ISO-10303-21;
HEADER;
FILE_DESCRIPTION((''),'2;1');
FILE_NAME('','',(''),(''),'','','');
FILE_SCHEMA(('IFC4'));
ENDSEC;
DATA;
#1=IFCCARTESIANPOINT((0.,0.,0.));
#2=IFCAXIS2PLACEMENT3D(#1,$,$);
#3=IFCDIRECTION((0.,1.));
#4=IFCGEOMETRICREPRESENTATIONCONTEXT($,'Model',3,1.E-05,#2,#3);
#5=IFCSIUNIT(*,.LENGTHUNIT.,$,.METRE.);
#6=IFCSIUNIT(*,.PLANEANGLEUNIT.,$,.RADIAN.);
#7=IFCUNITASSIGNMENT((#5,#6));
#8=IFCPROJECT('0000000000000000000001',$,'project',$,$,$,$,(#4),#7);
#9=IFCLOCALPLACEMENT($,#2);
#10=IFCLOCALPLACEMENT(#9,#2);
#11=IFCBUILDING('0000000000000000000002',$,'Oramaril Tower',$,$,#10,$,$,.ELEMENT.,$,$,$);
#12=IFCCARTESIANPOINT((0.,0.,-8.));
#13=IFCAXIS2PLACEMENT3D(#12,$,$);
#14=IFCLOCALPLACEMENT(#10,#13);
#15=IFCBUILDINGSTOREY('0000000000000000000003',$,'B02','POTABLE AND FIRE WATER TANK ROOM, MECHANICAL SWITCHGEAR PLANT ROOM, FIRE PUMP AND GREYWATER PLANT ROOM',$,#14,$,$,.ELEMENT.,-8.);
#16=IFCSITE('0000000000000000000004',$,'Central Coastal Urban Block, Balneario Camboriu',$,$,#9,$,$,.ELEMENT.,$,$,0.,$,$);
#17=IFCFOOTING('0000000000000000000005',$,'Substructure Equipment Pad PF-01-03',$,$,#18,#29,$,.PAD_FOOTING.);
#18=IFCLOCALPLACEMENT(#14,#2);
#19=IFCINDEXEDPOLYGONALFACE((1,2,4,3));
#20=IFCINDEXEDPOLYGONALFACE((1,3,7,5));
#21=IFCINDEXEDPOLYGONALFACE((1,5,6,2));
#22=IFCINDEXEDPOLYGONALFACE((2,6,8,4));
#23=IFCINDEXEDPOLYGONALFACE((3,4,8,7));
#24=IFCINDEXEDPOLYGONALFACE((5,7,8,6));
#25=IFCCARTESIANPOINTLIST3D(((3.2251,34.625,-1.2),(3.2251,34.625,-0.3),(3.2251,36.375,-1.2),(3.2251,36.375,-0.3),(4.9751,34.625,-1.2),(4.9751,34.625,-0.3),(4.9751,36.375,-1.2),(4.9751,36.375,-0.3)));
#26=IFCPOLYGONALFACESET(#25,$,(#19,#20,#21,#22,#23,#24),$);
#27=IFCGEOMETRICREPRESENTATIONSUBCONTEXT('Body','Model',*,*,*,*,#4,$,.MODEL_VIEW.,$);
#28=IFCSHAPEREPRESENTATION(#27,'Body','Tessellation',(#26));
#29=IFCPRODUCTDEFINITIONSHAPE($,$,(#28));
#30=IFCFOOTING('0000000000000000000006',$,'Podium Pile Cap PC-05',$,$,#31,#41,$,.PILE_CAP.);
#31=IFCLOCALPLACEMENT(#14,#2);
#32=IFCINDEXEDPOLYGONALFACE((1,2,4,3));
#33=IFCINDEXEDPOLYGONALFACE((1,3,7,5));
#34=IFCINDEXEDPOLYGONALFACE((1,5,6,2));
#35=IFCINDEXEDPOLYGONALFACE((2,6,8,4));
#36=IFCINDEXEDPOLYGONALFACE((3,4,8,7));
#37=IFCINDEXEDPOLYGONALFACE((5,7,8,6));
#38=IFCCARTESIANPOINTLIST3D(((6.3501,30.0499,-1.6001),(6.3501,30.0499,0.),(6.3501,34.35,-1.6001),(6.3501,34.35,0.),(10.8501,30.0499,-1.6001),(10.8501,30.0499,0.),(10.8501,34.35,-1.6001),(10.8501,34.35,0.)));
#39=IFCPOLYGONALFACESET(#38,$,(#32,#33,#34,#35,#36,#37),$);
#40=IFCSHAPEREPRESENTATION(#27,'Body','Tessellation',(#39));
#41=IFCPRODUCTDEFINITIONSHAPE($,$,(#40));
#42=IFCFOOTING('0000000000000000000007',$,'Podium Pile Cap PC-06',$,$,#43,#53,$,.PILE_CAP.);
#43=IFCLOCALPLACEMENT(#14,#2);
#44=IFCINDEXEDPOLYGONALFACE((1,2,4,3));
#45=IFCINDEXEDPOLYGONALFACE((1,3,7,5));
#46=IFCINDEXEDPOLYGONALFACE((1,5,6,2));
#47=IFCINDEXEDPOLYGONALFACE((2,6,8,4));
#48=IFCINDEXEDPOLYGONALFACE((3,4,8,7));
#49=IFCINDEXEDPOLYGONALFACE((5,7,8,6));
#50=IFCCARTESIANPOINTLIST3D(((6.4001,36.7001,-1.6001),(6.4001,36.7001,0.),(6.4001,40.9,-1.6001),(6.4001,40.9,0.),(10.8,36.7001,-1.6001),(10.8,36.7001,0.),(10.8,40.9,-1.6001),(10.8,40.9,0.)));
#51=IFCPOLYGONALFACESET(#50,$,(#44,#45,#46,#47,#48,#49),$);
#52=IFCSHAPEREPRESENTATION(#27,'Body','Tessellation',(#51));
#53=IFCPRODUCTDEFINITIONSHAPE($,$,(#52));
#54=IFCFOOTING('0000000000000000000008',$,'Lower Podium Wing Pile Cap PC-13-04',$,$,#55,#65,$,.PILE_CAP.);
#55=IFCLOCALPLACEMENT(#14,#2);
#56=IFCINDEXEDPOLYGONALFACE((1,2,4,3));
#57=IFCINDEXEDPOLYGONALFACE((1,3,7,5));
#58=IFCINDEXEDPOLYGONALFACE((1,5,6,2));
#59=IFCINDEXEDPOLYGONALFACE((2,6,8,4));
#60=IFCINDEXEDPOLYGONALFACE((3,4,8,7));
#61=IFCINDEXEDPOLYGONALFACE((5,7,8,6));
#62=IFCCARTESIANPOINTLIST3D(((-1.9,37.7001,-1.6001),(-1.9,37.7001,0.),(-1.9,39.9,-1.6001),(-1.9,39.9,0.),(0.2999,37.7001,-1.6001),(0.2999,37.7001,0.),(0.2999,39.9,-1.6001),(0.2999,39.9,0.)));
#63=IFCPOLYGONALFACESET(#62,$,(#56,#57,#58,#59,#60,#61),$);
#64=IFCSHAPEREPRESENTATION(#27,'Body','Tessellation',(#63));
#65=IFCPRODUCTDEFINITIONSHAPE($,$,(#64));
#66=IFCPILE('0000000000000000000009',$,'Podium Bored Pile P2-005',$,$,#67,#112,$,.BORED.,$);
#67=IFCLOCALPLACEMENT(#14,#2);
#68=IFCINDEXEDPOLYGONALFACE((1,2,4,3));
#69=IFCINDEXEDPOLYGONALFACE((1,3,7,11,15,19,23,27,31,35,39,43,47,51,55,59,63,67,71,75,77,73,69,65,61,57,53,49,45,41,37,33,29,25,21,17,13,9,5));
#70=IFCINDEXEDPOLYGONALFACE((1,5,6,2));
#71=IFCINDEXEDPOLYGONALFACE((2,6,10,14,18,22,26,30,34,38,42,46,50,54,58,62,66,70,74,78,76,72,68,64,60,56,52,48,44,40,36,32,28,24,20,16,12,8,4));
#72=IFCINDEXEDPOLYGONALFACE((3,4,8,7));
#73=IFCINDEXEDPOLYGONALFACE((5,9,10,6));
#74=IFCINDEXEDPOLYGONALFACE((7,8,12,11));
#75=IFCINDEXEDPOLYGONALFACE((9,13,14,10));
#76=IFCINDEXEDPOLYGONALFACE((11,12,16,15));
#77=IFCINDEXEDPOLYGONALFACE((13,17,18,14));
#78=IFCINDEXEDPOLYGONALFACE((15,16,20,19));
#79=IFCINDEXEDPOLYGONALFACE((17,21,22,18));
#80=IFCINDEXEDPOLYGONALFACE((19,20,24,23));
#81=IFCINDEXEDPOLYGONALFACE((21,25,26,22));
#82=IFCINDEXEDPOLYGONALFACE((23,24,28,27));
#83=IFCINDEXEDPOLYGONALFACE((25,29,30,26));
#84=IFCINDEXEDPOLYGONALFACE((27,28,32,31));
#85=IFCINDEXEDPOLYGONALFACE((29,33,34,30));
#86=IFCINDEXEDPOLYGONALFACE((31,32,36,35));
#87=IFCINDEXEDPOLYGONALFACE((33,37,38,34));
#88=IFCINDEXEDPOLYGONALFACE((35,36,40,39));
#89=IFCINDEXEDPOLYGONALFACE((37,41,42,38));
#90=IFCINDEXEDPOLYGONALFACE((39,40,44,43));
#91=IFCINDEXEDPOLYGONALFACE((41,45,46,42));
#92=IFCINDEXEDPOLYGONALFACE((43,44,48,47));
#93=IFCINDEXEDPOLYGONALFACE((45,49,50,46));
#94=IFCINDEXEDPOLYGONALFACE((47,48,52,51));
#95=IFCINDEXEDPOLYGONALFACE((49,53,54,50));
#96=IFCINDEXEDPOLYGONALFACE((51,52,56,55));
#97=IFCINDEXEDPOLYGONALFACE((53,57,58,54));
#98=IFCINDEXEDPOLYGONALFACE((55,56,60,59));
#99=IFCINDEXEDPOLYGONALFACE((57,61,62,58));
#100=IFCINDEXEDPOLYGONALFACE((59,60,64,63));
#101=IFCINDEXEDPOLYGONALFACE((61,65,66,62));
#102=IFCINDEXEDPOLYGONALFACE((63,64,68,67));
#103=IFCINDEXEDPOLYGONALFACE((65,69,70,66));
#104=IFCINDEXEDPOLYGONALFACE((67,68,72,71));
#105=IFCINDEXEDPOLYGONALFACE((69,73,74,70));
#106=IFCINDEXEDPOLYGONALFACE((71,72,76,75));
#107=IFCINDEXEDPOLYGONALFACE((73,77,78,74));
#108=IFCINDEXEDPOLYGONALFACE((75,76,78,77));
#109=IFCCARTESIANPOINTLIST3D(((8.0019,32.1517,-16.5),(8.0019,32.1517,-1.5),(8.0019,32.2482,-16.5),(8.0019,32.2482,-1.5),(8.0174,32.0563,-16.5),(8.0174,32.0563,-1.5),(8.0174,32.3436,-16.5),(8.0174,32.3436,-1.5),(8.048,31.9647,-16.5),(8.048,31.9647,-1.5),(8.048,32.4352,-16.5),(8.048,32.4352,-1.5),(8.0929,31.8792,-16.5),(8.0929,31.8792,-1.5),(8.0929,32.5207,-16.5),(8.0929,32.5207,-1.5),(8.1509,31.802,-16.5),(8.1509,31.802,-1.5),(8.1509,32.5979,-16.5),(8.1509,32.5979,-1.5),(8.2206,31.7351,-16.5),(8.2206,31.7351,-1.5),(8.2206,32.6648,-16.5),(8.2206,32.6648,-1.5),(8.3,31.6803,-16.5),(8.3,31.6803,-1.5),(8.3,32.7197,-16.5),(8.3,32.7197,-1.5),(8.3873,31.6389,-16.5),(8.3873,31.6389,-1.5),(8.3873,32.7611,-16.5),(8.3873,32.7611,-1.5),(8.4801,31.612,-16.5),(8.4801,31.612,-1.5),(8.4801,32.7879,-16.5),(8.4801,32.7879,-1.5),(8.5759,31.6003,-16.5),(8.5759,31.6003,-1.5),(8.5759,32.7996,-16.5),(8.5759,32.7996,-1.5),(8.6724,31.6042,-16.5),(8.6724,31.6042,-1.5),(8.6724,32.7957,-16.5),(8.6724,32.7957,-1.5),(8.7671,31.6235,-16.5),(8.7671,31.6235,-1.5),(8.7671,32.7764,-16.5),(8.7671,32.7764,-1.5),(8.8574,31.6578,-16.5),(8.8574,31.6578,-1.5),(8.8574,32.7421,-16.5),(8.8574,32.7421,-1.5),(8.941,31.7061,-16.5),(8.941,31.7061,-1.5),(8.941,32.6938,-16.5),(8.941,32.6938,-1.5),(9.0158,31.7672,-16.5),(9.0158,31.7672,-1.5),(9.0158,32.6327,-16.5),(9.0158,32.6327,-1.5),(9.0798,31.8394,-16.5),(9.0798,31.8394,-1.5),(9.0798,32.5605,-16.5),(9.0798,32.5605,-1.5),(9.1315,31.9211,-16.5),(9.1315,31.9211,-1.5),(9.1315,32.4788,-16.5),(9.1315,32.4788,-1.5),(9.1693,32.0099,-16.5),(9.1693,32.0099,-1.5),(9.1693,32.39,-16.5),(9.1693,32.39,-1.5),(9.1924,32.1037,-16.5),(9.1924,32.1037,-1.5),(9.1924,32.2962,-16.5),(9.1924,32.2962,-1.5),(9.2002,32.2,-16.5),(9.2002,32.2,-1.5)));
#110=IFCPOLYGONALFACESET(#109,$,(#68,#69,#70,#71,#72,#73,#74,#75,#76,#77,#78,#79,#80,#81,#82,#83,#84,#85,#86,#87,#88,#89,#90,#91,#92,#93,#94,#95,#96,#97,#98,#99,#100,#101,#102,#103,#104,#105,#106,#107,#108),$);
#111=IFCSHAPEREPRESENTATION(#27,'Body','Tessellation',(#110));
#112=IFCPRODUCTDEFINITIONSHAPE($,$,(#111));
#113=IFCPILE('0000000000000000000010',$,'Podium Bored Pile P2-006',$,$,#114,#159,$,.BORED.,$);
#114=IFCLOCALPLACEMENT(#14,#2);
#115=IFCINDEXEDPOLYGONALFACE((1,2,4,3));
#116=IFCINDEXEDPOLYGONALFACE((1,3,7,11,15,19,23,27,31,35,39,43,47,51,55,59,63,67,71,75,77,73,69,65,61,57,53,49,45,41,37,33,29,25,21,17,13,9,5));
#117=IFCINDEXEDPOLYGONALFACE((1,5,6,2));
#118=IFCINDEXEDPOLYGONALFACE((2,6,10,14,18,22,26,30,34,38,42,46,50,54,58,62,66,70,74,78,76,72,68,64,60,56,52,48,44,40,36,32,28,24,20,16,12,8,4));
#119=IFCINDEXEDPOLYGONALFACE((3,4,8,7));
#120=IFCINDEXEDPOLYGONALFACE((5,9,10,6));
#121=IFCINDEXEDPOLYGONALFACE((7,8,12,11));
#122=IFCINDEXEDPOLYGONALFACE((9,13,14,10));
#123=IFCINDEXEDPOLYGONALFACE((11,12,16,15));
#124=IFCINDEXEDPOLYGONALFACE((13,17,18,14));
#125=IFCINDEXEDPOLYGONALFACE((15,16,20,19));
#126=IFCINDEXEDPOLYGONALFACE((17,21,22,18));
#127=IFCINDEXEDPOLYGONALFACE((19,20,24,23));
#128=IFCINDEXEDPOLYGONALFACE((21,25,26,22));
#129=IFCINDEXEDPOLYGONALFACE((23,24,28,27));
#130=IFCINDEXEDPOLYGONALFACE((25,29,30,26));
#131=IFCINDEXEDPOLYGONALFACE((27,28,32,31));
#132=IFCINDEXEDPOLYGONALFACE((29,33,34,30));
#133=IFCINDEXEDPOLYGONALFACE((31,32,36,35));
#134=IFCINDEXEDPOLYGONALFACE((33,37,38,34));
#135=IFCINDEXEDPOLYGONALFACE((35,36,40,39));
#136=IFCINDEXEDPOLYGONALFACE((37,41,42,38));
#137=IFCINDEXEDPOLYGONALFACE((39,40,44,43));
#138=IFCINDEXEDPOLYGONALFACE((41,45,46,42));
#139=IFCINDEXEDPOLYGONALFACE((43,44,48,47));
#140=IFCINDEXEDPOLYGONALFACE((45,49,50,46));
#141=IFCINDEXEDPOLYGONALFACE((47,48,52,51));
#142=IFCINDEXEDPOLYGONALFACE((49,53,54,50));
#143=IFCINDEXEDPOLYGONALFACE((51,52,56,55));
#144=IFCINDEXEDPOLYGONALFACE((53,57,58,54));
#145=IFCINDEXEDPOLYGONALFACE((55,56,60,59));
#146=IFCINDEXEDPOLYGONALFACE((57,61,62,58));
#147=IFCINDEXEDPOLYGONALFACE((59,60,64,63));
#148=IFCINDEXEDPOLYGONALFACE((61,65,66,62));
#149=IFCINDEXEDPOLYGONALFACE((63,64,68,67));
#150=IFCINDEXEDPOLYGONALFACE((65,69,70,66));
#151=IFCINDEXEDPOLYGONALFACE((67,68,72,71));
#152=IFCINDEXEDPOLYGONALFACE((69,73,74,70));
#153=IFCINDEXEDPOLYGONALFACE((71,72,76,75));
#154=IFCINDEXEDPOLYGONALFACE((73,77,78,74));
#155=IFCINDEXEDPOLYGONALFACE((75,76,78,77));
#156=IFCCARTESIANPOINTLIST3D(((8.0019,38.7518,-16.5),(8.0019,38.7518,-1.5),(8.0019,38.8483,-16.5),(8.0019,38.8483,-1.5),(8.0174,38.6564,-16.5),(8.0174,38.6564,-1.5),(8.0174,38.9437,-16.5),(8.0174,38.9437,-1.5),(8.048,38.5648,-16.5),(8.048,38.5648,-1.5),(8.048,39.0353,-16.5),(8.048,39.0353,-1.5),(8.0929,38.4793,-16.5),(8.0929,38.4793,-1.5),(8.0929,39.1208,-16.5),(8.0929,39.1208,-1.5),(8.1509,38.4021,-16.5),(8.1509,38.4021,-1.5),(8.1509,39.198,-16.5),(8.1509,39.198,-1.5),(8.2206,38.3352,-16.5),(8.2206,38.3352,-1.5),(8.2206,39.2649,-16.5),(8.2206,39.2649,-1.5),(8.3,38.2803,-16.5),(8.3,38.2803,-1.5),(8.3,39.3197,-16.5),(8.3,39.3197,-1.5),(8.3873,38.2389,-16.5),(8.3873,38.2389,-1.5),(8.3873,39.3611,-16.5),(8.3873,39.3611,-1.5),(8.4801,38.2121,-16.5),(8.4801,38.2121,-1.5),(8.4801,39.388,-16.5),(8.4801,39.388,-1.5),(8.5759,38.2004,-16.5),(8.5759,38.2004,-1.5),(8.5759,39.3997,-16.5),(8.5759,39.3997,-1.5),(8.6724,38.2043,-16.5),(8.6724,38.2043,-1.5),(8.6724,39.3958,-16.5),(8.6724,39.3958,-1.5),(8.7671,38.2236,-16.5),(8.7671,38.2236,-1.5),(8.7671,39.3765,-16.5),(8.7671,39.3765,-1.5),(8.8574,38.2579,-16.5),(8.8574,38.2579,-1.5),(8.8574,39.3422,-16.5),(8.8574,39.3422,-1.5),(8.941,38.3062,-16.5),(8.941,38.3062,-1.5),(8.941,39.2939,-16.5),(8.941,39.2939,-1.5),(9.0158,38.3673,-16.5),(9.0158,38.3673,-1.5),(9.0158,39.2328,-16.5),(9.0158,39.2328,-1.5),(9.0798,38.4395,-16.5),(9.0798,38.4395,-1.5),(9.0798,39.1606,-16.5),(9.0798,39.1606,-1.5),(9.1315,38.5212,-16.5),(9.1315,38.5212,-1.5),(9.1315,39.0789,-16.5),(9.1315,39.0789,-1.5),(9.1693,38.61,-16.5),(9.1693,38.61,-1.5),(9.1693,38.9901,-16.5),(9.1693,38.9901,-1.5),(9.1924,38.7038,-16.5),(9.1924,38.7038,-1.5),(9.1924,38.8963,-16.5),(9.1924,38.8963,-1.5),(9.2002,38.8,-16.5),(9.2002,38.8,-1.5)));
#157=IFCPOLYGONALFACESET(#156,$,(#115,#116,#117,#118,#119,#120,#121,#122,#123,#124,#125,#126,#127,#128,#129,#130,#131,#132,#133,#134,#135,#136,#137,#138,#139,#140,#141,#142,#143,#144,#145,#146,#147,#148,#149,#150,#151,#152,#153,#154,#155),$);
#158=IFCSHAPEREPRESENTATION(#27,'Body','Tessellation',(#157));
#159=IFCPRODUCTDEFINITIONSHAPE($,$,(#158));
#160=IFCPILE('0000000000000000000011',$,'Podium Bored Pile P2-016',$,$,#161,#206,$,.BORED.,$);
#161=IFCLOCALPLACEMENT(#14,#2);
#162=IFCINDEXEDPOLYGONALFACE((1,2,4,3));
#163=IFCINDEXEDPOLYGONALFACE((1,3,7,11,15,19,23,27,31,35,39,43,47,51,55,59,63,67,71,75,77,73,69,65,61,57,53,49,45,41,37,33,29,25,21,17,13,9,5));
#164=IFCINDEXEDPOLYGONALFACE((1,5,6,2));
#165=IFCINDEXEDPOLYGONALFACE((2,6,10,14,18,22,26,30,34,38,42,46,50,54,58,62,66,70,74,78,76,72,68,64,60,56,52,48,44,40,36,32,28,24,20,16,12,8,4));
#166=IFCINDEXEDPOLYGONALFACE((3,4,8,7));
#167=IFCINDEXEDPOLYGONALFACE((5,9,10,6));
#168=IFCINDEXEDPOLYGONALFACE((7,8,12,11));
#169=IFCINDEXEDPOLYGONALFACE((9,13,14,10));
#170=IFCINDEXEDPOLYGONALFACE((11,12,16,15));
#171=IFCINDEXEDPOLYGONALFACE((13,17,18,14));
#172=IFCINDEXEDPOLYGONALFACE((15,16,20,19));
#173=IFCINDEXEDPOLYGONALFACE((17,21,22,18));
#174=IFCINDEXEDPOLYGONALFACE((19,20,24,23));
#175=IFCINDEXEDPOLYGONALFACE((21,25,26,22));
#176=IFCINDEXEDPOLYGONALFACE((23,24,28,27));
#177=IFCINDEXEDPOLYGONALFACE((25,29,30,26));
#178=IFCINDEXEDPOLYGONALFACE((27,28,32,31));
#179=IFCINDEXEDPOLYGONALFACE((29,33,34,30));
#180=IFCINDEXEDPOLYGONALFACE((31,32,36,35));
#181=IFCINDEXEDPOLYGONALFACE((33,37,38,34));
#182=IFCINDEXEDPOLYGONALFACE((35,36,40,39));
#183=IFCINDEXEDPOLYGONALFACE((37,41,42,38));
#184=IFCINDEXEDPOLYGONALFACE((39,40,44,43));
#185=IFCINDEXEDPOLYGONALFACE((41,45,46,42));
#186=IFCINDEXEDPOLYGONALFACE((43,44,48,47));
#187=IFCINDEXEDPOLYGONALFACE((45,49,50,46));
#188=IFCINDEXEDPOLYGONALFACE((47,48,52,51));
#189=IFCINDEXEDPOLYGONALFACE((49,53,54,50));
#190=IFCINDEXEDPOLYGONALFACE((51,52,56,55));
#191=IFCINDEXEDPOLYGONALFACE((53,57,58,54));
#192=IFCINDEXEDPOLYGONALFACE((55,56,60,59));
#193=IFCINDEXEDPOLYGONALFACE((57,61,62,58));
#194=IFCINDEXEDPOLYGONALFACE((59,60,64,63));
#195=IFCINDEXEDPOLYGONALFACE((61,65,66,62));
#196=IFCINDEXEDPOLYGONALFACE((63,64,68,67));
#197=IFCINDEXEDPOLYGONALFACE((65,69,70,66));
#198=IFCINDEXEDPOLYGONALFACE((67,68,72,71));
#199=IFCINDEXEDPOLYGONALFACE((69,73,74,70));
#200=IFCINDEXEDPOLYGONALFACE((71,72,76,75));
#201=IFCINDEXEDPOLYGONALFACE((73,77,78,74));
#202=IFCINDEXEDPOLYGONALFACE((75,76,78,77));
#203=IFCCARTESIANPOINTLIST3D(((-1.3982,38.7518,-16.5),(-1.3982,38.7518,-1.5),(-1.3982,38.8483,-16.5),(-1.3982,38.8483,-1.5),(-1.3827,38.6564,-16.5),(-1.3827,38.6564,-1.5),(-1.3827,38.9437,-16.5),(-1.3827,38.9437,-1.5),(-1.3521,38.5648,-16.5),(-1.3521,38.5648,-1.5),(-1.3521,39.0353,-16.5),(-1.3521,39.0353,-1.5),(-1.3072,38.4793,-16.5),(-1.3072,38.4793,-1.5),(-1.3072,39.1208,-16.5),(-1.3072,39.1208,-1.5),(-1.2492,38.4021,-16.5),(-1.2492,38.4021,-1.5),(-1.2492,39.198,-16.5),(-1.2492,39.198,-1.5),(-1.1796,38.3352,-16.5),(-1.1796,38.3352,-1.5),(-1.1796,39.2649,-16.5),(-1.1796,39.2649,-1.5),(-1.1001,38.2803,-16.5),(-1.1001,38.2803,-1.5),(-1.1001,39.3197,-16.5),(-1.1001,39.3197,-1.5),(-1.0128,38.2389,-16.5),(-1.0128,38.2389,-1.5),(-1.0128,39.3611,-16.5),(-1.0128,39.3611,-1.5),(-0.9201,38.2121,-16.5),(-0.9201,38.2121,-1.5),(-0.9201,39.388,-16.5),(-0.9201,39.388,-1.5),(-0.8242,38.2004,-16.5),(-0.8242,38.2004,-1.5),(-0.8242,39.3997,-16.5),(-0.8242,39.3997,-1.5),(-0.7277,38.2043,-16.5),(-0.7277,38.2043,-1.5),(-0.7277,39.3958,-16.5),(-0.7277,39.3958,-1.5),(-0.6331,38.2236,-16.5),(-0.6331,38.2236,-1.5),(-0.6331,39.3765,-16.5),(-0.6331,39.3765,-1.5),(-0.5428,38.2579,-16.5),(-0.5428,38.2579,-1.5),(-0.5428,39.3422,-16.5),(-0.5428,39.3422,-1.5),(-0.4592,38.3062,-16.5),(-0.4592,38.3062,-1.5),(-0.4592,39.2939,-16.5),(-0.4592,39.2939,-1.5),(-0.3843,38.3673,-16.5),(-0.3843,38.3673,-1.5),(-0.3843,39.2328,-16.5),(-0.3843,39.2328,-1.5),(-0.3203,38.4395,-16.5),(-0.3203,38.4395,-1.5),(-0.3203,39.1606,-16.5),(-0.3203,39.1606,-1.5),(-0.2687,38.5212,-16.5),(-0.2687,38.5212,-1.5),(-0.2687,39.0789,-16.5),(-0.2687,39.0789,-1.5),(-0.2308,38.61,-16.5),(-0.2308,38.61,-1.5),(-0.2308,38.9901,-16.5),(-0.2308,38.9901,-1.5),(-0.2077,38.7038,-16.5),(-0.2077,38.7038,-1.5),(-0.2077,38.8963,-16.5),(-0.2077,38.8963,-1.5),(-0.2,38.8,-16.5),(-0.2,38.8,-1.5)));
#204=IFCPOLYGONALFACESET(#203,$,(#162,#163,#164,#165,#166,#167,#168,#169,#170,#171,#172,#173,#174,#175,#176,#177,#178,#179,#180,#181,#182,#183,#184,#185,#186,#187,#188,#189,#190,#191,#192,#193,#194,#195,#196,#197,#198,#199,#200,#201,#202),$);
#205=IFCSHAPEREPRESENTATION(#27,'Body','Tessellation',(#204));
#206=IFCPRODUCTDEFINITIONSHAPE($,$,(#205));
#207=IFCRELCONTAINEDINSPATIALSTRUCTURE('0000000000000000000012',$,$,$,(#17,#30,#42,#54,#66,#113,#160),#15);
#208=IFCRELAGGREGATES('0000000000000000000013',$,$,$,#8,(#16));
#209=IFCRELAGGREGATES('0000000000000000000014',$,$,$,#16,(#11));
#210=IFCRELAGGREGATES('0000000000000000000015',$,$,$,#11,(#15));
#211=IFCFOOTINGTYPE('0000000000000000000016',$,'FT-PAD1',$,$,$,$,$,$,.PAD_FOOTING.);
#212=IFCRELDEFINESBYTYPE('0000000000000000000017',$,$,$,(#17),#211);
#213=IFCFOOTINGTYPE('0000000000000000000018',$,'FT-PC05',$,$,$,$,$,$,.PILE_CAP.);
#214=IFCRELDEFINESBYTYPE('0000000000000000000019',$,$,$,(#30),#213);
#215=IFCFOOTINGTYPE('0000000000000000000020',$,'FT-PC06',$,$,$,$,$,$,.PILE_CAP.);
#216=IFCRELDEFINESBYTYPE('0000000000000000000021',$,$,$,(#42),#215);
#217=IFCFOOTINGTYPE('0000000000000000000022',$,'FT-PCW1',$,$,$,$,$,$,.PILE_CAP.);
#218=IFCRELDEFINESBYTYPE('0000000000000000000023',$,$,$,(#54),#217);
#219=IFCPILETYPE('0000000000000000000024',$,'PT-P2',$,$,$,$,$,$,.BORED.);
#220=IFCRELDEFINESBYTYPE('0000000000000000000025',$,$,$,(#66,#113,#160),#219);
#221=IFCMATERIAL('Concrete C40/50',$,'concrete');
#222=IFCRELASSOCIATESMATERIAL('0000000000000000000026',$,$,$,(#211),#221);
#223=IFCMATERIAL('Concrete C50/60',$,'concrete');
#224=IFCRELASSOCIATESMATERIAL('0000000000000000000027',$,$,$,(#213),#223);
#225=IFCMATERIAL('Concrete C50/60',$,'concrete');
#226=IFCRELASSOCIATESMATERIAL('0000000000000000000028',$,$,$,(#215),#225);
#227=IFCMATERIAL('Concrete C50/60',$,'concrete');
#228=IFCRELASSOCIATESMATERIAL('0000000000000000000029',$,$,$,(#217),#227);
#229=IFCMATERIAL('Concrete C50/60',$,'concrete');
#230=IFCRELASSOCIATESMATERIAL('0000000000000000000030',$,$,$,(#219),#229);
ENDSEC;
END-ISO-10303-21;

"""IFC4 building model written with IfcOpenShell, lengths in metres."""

from ifc_helpers import new_model, si_unit, direction, frame, origin, origin_2d, place, context, subcontext, project, spatial, rectangle, circle, extrude, material, material_profile, profile_set, type_object, element, save


model = new_model("IFC4")

# Units and contexts
model_context = context("Model", 3, precision=1e-05, world=origin(), true_north=direction((0.0, 1.0)))
body_context = subcontext(model_context, "Body", "Model", "MODEL_VIEW")
ifc_project = project(units=[si_unit("LENGTHUNIT", "METRE"), si_unit("PLANEANGLEUNIT", "RADIAN")], contexts=[model_context])

# Site, building, storey
site_placement = place(None, origin())
site = spatial("IfcSite", under=ifc_project, at=site_placement, Name="Central Coastal Urban Block, Balneario Camboriu", CompositionType="ELEMENT", RefElevation=0.0)
building_placement = place(site_placement, origin())
building = spatial("IfcBuilding", under=site, at=building_placement, Name="Oramaril Tower", CompositionType="ELEMENT")
storey_placement = place(building_placement, frame((0.0, 0.0, -8.0)))
storey = spatial("IfcBuildingStorey", under=building, at=storey_placement, Name="B02", Description="POTABLE AND FIRE WATER TANK ROOM, MECHANICAL SWITCHGEAR PLANT ROOM, FIRE PUMP AND GREYWATER PLANT ROOM", CompositionType="ELEMENT", Elevation=-8.0)

# Footings
ifc_material_1 = material(Name="Concrete C40/50", Category="concrete")
footing_type_1 = type_object("IfcFootingType", Name="FT-PAD1", PredefinedType="PAD_FOOTING", material=ifc_material_1)
footing_1_placement = place(storey_placement, frame((4.1001, 35.5, -1.2), z_axis=(0.0, 0.0, 1.0), x_axis=(1.0, 0.0, 0.0)))
element("IfcFooting", 1, at=footing_1_placement, inside=storey, type_object=footing_type_1, Name="Substructure Equipment Pad PF-01-03", PredefinedType="PAD_FOOTING", context=body_context, shape_type="SweptSolid", body=[
    extrude(rectangle(XDim=1.75, YDim=1.75, at=origin_2d()), origin(), (0.0, 0.0, 1.0), 0.8999),
])
ifc_material_2 = material(Name="Concrete C50/60", Category="concrete")
footing_type_2 = type_object("IfcFootingType", Name="FT-PC05", PredefinedType="PILE_CAP", material=ifc_material_2)
footing_2_placement = place(storey_placement, frame((8.6001, 32.2, -1.6001), z_axis=(0.0, 0.0, 1.0), x_axis=(1.0, 0.0, 0.0)))
element("IfcFooting", 2, at=footing_2_placement, inside=storey, type_object=footing_type_2, Name="Podium Pile Cap PC-05", PredefinedType="PILE_CAP", context=body_context, shape_type="SweptSolid", body=[
    extrude(rectangle(XDim=4.5, YDim=4.3, at=origin_2d()), origin(), (0.0, 0.0, 1.0), 1.6001),
])
ifc_material_3 = material(Name="Concrete C50/60", Category="concrete")
footing_type_3 = type_object("IfcFootingType", Name="FT-PC06", PredefinedType="PILE_CAP", material=ifc_material_3)
footing_3_placement = place(storey_placement, frame((8.6001, 38.8, -1.6001), z_axis=(0.0, 0.0, 1.0), x_axis=(1.0, 0.0, 0.0)))
element("IfcFooting", 3, at=footing_3_placement, inside=storey, type_object=footing_type_3, Name="Podium Pile Cap PC-06", PredefinedType="PILE_CAP", context=body_context, shape_type="SweptSolid", body=[
    extrude(rectangle(XDim=4.3999, YDim=4.2, at=origin_2d()), origin(), (0.0, 0.0, 1.0), 1.6001),
])
ifc_material_4 = material(Name="Concrete C50/60", Category="concrete")
footing_type_4 = type_object("IfcFootingType", Name="FT-PCW1", PredefinedType="PILE_CAP", material=ifc_material_4)
footing_4_placement = place(storey_placement, frame((-0.8, 38.8, -1.6001), z_axis=(0.0, 0.0, 1.0), x_axis=(1.0, 0.0, 0.0)))
element("IfcFooting", 4, at=footing_4_placement, inside=storey, type_object=footing_type_4, Name="Lower Podium Wing Pile Cap PC-13-04", PredefinedType="PILE_CAP", context=body_context, shape_type="SweptSolid", body=[
    extrude(rectangle(XDim=2.2, YDim=2.2, at=origin_2d()), origin(), (0.0, 0.0, 1.0), 1.6001),
])

# Piles
ifc_material_5 = material(Name="Concrete C50/60", Category="concrete")
ifc_material_profile_1 = material_profile(ifc_material_5, circle(Radius=0.6001, at=origin_2d()), Name="D1200")
ifc_profile_set_1 = profile_set([ifc_material_profile_1], Name="Concrete C50/60")
pile_type = type_object("IfcPileType", Name="PT-P2", PredefinedType="BORED", material=ifc_profile_set_1)
for number, where, z_axis, x_axis, name in (
    (5, (8.6001, 32.2, -1.5), (0.0, 0.0, -1.0), (1.0, 0.0, 0.0), "Podium Bored Pile P2-005"),
    (6, (8.6001, 38.8, -1.5), (0.0, 0.0, -1.0), (1.0, 0.0, 0.0), "Podium Bored Pile P2-006"),
    (7, (-0.8, 38.8, -1.5), (0.0, 0.0, -1.0), (1.0, 0.0, 0.0), "Podium Bored Pile P2-016"),
):
    element("IfcPile", number, at=place(storey_placement, frame(where, z_axis=z_axis, x_axis=x_axis)), inside=storey, type_object=pile_type, Name=name, PredefinedType="BORED", context=body_context, shape_type="SweptSolid", body=[
        extrude(circle(Radius=0.6001, at=origin_2d()), origin(), (0.0, 0.0, 1.0), 15.0),
    ])

save(model, "model.ifc")
